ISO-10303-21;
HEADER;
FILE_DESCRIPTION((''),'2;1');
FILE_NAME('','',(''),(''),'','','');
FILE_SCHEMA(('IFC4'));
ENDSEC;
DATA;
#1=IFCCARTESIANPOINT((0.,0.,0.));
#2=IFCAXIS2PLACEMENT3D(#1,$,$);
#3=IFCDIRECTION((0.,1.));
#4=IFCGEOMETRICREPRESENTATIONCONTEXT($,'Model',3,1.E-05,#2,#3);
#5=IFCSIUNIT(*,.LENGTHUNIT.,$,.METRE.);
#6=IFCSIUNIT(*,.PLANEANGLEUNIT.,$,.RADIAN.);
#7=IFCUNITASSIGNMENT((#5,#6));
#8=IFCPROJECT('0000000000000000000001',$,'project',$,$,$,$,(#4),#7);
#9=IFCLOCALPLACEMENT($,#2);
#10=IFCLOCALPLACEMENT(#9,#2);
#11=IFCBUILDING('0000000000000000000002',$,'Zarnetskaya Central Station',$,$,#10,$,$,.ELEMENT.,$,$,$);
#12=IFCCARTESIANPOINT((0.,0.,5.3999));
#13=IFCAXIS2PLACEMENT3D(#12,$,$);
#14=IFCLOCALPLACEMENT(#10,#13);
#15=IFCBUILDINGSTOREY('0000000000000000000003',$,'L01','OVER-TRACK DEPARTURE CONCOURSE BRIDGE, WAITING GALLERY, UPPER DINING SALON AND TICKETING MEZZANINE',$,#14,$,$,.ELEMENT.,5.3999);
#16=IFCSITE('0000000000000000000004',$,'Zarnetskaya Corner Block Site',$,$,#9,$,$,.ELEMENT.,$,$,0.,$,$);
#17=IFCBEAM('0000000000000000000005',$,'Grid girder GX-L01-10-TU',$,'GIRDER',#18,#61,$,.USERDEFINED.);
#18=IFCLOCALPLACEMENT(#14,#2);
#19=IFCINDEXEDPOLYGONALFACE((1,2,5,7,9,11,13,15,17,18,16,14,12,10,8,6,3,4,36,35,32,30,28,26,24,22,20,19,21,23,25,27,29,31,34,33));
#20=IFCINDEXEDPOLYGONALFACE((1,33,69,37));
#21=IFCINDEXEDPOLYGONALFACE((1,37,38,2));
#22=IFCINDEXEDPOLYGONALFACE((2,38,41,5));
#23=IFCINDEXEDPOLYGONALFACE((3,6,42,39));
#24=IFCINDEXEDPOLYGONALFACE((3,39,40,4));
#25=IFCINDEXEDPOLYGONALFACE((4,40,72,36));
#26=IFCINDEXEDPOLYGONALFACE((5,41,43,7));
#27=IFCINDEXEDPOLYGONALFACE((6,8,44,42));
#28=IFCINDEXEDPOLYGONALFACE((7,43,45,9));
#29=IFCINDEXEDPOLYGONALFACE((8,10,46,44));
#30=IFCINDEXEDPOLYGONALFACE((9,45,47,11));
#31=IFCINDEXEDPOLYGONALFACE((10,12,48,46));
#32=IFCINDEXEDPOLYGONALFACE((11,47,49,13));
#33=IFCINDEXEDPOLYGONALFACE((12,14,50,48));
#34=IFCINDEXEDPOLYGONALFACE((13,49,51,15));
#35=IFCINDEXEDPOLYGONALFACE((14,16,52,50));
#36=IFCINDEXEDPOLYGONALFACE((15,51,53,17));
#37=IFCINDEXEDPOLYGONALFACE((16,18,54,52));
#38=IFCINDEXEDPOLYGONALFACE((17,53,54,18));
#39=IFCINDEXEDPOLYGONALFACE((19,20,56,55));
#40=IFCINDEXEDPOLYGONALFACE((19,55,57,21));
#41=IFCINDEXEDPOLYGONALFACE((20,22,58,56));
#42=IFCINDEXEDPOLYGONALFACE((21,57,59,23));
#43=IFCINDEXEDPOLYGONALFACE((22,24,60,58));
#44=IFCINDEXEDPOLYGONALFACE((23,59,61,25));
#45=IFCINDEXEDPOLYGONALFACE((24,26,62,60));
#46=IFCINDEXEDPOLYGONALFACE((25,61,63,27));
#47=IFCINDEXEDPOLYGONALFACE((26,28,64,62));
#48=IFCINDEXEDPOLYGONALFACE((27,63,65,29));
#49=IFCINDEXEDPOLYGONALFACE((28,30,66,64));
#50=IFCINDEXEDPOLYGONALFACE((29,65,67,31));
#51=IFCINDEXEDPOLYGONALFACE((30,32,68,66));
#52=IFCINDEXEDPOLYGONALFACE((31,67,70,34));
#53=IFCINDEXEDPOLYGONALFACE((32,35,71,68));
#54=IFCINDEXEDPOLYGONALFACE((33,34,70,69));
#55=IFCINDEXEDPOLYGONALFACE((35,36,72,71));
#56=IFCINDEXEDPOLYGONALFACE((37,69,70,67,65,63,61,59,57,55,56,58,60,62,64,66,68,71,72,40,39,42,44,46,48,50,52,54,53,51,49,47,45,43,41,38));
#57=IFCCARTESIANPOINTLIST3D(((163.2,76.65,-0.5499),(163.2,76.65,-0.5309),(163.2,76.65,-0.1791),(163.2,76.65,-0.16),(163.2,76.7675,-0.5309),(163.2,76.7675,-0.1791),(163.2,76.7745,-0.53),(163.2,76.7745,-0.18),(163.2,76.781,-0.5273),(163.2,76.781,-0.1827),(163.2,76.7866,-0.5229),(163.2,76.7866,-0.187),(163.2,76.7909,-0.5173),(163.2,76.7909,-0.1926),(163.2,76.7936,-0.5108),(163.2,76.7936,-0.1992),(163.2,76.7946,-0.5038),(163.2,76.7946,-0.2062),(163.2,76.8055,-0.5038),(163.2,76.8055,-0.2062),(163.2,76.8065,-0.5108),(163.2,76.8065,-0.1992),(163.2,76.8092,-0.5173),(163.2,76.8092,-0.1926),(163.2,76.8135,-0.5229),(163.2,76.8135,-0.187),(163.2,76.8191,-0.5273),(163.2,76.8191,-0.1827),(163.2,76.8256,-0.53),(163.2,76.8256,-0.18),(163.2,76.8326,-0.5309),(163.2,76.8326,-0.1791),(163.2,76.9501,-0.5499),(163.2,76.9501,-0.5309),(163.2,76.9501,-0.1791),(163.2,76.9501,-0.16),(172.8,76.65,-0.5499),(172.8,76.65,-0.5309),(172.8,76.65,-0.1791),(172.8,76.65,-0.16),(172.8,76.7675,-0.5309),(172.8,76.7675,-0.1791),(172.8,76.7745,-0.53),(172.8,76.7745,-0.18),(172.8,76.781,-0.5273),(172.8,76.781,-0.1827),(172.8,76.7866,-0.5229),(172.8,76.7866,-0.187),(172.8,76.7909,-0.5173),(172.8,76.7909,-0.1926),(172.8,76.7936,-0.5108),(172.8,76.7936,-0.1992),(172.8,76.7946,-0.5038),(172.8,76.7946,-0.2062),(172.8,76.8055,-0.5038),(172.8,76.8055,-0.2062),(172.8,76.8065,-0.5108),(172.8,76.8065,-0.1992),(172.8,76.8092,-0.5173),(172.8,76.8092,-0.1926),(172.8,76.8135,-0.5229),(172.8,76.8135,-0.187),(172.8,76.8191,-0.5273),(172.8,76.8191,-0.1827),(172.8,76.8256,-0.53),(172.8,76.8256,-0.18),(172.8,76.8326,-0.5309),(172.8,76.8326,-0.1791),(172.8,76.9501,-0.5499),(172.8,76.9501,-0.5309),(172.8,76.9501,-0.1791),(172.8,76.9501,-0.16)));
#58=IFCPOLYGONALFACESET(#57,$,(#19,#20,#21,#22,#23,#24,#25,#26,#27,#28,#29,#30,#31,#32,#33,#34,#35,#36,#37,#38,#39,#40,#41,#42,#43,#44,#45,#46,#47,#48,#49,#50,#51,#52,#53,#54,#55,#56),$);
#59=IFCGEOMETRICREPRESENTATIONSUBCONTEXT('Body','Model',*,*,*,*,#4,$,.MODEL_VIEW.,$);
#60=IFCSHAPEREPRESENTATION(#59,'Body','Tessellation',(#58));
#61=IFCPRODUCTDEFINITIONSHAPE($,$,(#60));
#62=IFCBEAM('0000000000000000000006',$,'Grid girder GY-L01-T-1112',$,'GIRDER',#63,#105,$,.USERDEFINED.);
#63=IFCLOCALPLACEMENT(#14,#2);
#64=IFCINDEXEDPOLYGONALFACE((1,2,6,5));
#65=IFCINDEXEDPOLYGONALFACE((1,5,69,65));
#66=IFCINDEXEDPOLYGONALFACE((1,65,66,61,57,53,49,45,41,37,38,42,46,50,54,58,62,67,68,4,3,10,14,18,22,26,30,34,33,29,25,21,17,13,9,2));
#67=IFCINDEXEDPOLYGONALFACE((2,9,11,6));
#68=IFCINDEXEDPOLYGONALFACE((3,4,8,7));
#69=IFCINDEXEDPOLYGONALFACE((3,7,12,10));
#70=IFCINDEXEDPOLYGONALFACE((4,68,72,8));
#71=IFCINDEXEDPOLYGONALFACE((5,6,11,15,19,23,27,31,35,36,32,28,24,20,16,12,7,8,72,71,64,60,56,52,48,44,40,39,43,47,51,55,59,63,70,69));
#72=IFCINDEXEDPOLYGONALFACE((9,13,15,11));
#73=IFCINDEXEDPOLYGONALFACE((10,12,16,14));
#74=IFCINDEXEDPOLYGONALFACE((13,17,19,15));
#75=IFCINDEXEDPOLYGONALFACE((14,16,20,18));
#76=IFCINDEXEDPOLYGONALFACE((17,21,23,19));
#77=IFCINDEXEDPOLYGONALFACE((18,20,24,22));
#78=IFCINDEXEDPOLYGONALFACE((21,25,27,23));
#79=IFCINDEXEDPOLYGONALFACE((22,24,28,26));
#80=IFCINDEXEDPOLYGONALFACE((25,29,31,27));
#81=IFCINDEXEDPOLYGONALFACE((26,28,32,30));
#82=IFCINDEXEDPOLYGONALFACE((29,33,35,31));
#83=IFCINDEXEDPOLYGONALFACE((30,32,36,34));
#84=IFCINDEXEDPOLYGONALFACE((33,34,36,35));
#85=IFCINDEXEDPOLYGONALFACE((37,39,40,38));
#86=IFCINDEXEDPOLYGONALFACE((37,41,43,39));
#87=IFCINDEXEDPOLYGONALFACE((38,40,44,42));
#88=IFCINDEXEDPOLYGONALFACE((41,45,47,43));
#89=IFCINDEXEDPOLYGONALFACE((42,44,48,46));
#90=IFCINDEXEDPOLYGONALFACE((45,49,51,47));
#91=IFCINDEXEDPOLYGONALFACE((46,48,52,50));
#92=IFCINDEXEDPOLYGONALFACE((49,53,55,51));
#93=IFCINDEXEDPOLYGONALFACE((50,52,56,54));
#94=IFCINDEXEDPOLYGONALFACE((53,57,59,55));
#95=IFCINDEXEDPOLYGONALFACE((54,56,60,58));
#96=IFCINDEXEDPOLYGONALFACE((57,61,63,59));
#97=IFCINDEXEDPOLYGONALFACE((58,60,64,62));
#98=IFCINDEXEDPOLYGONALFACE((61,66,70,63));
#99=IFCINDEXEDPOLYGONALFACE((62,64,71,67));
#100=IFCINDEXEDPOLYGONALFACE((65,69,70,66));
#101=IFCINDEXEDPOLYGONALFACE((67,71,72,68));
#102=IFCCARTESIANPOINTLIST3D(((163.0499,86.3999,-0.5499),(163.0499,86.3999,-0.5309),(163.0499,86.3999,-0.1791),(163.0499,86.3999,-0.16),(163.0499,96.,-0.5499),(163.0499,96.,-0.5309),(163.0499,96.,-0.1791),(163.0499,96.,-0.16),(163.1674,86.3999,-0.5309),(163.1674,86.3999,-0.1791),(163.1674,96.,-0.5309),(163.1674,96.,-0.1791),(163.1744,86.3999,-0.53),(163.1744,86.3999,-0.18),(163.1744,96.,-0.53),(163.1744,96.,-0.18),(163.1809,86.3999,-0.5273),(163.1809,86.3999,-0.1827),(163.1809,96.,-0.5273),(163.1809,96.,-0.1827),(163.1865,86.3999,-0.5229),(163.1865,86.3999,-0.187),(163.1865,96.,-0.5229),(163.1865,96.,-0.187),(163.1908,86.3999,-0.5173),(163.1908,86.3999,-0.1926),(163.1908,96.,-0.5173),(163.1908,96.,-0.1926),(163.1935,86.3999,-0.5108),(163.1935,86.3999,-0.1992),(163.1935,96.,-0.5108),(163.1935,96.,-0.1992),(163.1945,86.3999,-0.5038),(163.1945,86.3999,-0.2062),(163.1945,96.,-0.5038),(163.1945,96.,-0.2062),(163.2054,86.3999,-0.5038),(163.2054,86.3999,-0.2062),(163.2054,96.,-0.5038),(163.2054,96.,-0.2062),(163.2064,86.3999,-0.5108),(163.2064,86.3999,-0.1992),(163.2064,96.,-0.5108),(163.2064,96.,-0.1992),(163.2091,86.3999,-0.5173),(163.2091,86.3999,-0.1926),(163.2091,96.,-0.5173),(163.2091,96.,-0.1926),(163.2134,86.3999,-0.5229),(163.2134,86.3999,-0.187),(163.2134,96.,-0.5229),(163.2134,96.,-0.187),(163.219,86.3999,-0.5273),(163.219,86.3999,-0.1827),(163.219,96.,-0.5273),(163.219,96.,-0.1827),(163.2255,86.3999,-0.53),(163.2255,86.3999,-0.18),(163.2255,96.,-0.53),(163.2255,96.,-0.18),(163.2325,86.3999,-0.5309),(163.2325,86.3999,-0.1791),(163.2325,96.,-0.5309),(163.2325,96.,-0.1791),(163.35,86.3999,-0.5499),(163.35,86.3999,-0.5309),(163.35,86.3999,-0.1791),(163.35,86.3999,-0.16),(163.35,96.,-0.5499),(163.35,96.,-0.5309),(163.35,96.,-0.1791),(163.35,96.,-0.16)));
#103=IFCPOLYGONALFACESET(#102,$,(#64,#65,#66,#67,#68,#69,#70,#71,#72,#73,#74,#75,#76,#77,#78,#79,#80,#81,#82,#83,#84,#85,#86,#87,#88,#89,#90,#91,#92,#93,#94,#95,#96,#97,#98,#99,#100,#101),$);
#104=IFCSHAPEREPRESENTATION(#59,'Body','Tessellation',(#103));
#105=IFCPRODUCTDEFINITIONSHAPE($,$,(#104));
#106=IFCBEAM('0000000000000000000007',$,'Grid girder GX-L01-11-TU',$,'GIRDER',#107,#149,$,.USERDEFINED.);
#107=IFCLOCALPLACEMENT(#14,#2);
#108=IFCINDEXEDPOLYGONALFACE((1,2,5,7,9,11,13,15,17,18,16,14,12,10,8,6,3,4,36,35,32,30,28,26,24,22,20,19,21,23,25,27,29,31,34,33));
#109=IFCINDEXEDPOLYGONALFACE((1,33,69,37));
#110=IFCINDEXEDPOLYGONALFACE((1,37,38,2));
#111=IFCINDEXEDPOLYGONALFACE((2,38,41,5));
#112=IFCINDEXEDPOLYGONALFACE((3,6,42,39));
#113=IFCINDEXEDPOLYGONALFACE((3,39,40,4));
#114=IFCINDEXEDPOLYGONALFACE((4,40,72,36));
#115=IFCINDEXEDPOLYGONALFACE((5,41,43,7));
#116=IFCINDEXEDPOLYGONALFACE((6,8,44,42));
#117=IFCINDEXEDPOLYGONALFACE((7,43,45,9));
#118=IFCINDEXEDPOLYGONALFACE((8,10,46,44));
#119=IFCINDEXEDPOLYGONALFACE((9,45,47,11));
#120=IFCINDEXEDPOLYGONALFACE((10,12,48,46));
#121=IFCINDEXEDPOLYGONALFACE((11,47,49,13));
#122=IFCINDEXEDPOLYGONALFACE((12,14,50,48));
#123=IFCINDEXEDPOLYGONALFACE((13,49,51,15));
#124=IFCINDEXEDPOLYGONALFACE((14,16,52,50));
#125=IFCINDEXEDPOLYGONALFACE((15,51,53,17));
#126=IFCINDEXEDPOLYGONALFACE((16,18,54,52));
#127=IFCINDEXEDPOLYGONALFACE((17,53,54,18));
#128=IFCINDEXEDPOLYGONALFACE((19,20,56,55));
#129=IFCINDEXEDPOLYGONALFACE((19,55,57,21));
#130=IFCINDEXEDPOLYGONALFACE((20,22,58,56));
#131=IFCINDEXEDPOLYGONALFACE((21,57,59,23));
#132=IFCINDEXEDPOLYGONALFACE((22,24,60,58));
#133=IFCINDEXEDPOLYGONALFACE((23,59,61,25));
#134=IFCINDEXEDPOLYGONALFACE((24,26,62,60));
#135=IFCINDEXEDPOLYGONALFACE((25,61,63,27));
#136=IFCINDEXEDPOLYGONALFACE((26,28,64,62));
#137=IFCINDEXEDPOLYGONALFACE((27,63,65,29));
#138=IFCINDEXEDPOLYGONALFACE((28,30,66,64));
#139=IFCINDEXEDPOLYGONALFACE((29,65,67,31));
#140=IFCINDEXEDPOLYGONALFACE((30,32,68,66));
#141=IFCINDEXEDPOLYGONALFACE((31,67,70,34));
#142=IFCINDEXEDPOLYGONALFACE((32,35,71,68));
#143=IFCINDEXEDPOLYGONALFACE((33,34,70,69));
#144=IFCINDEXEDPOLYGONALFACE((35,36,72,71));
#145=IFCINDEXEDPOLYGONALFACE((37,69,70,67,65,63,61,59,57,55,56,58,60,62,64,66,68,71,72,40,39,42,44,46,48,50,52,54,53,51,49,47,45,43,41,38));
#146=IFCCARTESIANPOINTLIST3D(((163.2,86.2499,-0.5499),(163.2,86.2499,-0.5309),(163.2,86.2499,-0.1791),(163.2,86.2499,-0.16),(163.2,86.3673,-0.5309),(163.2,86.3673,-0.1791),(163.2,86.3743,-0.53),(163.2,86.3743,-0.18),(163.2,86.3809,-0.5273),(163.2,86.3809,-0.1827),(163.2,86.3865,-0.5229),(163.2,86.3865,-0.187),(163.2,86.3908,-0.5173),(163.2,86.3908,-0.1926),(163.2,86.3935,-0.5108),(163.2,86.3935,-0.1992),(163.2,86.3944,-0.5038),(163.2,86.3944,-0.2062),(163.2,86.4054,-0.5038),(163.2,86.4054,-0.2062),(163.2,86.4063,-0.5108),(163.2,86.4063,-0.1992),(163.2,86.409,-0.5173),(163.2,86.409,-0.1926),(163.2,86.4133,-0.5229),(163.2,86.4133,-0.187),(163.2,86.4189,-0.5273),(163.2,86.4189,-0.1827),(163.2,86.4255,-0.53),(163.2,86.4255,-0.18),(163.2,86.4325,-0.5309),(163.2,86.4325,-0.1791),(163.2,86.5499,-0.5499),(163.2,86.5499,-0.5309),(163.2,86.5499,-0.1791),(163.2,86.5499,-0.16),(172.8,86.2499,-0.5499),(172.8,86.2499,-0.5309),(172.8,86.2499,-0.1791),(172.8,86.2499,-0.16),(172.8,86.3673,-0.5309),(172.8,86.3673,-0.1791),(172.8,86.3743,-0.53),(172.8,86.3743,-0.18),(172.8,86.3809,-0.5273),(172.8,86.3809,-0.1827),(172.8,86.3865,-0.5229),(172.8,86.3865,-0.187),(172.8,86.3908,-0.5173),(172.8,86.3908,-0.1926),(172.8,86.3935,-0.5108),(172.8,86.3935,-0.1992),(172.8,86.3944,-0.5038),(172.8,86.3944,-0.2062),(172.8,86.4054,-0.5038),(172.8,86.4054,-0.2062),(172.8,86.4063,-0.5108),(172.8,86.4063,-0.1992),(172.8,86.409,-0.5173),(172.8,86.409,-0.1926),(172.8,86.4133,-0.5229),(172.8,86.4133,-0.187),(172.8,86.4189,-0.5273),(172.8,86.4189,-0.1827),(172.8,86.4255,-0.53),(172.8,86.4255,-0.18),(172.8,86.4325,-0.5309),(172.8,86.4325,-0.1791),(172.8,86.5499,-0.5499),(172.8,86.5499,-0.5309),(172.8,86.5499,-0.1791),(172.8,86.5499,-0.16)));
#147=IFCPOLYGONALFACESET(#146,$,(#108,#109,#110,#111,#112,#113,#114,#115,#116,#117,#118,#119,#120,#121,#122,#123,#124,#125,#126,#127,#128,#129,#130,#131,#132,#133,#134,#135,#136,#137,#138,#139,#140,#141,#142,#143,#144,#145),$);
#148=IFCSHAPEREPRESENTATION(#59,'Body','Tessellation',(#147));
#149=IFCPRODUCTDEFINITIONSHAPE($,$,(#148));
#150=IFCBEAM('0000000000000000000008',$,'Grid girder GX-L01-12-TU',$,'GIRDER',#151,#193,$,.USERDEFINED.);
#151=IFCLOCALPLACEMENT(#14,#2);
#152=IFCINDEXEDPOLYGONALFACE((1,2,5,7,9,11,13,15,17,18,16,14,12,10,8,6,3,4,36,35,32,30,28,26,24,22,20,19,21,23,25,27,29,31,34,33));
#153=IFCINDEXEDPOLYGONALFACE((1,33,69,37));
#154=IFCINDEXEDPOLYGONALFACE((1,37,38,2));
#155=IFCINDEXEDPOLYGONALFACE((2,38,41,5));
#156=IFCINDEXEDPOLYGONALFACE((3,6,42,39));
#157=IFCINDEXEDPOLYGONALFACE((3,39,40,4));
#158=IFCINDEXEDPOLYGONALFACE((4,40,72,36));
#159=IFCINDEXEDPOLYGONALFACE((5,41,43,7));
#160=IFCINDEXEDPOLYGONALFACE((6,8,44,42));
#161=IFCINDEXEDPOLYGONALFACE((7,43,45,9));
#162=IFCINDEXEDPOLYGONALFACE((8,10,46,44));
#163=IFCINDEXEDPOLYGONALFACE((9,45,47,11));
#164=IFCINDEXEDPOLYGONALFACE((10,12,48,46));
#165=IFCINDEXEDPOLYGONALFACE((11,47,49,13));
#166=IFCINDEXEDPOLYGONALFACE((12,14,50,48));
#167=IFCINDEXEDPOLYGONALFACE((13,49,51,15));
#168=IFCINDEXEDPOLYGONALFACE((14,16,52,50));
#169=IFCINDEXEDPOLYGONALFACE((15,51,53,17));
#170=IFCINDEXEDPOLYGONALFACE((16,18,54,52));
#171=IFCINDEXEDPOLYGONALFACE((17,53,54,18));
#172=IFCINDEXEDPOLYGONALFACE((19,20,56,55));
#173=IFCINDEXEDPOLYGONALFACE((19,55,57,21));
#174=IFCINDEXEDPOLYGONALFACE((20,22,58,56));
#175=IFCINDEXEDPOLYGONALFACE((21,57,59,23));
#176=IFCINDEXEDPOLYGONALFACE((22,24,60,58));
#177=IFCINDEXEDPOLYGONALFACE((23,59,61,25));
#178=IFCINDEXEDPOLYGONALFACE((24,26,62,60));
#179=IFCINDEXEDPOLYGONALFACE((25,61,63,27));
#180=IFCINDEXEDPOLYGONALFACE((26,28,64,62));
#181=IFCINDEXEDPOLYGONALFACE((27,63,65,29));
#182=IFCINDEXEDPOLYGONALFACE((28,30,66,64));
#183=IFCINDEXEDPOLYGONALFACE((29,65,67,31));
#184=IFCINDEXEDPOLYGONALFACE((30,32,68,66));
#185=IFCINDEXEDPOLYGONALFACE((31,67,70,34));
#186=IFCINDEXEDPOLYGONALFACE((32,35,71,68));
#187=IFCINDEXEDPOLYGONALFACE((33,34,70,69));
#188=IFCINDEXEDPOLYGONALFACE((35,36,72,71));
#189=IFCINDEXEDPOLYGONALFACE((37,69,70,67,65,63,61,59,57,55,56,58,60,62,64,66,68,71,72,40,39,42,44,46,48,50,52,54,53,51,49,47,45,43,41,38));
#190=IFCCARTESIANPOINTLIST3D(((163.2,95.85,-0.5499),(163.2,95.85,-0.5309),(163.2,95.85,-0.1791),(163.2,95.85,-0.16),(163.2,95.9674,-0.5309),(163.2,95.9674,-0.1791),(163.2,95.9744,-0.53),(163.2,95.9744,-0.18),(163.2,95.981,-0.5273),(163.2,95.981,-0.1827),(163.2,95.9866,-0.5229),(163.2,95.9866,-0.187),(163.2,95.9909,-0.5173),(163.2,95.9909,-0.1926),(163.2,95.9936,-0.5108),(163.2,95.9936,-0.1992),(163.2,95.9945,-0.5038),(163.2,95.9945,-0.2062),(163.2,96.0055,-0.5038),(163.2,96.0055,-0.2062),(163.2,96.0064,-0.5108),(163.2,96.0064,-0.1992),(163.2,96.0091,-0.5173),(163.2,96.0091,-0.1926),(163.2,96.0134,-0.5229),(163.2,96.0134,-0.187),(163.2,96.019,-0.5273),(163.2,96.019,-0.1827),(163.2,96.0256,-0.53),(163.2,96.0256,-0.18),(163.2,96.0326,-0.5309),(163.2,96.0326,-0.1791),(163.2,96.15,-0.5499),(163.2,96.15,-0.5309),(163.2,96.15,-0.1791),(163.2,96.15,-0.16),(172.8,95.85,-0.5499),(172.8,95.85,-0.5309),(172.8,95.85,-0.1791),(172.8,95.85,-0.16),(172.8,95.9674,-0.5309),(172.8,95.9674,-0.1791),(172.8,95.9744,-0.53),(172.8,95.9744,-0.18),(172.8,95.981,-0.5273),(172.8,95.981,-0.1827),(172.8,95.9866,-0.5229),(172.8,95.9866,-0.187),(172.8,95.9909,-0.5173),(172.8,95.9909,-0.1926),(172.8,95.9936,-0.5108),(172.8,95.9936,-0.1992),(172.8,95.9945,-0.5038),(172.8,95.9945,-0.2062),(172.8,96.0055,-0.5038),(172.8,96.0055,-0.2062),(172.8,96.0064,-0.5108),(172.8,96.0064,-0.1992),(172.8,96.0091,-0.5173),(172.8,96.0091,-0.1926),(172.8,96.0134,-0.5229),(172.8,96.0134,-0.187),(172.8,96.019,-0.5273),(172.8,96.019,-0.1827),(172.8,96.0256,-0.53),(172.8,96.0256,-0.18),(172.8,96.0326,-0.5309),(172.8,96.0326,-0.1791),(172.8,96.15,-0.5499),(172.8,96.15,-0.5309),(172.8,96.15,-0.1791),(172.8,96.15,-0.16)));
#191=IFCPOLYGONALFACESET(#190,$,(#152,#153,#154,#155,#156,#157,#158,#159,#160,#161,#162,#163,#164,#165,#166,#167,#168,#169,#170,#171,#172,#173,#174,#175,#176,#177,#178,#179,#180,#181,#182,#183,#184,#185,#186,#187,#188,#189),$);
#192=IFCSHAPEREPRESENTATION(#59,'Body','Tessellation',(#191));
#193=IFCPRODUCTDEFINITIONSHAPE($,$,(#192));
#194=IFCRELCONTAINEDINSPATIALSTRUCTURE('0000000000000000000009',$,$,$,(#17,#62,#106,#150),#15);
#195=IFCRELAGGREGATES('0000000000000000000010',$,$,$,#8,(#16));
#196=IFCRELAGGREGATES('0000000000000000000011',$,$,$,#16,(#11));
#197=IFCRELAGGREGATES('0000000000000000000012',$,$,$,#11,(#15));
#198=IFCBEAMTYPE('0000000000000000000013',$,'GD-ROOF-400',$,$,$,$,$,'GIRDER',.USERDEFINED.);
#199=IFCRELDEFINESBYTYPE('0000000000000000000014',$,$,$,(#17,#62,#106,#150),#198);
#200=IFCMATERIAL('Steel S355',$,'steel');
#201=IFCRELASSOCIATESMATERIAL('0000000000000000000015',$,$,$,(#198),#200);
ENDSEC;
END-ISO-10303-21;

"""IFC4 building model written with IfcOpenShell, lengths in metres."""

from ifc_helpers import new_model, si_unit, direction, frame, origin, origin_2d, place, context, subcontext, project, spatial, i_section, extrude, material, material_profile, profile_set, type_object, element, save


model = new_model("IFC4")

# Units and contexts
model_context = context("Model", 3, precision=1e-05, world=origin(), true_north=direction((0.0, 1.0)))
body_context = subcontext(model_context, "Body", "Model", "MODEL_VIEW")
ifc_project = project(units=[si_unit("LENGTHUNIT", "METRE"), si_unit("PLANEANGLEUNIT", "RADIAN")], contexts=[model_context])

# Site, building, storey
site_placement = place(None, origin())
site = spatial("IfcSite", under=ifc_project, at=site_placement, Name="Zarnetskaya Corner Block Site", CompositionType="ELEMENT", RefElevation=0.0)
building_placement = place(site_placement, origin())
building = spatial("IfcBuilding", under=site, at=building_placement, Name="Zarnetskaya Central Station", CompositionType="ELEMENT")
storey_placement = place(building_placement, frame((0.0, 0.0, 5.3999)))
storey = spatial("IfcBuildingStorey", under=building, at=storey_placement, Name="L01", Description="OVER-TRACK DEPARTURE CONCOURSE BRIDGE, WAITING GALLERY, UPPER DINING SALON AND TICKETING MEZZANINE", CompositionType="ELEMENT", Elevation=5.3999)

# Beams
ifc_material = material(Name="Steel S355", Category="steel")
ifc_material_profile_1 = material_profile(ifc_material, i_section(OverallWidth=0.3, OverallDepth=0.3899, WebThickness=0.011, FlangeThickness=0.019, FilletRadius=0.0271, at=origin_2d()), Name="HEA 400")
ifc_profile_set_1 = profile_set([ifc_material_profile_1], Name="Steel S355")
beam_type_1 = type_object("IfcBeamType", Name="GD-ROOF-400", ElementType="GIRDER", PredefinedType="USERDEFINED", material=ifc_profile_set_1)
for number, where, z_axis, x_axis, name in (
    (1, (163.2, 76.8, -0.355), (1.0, 0.0, 0.0), (0.0, 1.0, 0.0), "Grid girder GX-L01-10-TU"),
    (2, (163.2, 86.3999, -0.355), (0.0, 1.0, 0.0), (-1.0, 0.0, 0.0), "Grid girder GY-L01-T-1112"),
    (3, (163.2, 86.3999, -0.355), (1.0, 0.0, 0.0), (0.0, 1.0, 0.0), "Grid girder GX-L01-11-TU"),
    (4, (163.2, 96.0, -0.355), (1.0, 0.0, 0.0), (0.0, 1.0, 0.0), "Grid girder GX-L01-12-TU"),
):
    element("IfcBeam", number, at=place(storey_placement, frame(where, z_axis=z_axis, x_axis=x_axis)), inside=storey, type_object=beam_type_1, Name=name, ObjectType="GIRDER", PredefinedType="USERDEFINED", context=body_context, shape_type="SweptSolid", body=[
        extrude(i_section(OverallWidth=0.3, OverallDepth=0.3899, WebThickness=0.011, FlangeThickness=0.019, FilletRadius=0.0271, at=origin_2d()), origin(), (0.0, 0.0, 1.0), 9.6001),
    ])

save(model, "model.ifc")
